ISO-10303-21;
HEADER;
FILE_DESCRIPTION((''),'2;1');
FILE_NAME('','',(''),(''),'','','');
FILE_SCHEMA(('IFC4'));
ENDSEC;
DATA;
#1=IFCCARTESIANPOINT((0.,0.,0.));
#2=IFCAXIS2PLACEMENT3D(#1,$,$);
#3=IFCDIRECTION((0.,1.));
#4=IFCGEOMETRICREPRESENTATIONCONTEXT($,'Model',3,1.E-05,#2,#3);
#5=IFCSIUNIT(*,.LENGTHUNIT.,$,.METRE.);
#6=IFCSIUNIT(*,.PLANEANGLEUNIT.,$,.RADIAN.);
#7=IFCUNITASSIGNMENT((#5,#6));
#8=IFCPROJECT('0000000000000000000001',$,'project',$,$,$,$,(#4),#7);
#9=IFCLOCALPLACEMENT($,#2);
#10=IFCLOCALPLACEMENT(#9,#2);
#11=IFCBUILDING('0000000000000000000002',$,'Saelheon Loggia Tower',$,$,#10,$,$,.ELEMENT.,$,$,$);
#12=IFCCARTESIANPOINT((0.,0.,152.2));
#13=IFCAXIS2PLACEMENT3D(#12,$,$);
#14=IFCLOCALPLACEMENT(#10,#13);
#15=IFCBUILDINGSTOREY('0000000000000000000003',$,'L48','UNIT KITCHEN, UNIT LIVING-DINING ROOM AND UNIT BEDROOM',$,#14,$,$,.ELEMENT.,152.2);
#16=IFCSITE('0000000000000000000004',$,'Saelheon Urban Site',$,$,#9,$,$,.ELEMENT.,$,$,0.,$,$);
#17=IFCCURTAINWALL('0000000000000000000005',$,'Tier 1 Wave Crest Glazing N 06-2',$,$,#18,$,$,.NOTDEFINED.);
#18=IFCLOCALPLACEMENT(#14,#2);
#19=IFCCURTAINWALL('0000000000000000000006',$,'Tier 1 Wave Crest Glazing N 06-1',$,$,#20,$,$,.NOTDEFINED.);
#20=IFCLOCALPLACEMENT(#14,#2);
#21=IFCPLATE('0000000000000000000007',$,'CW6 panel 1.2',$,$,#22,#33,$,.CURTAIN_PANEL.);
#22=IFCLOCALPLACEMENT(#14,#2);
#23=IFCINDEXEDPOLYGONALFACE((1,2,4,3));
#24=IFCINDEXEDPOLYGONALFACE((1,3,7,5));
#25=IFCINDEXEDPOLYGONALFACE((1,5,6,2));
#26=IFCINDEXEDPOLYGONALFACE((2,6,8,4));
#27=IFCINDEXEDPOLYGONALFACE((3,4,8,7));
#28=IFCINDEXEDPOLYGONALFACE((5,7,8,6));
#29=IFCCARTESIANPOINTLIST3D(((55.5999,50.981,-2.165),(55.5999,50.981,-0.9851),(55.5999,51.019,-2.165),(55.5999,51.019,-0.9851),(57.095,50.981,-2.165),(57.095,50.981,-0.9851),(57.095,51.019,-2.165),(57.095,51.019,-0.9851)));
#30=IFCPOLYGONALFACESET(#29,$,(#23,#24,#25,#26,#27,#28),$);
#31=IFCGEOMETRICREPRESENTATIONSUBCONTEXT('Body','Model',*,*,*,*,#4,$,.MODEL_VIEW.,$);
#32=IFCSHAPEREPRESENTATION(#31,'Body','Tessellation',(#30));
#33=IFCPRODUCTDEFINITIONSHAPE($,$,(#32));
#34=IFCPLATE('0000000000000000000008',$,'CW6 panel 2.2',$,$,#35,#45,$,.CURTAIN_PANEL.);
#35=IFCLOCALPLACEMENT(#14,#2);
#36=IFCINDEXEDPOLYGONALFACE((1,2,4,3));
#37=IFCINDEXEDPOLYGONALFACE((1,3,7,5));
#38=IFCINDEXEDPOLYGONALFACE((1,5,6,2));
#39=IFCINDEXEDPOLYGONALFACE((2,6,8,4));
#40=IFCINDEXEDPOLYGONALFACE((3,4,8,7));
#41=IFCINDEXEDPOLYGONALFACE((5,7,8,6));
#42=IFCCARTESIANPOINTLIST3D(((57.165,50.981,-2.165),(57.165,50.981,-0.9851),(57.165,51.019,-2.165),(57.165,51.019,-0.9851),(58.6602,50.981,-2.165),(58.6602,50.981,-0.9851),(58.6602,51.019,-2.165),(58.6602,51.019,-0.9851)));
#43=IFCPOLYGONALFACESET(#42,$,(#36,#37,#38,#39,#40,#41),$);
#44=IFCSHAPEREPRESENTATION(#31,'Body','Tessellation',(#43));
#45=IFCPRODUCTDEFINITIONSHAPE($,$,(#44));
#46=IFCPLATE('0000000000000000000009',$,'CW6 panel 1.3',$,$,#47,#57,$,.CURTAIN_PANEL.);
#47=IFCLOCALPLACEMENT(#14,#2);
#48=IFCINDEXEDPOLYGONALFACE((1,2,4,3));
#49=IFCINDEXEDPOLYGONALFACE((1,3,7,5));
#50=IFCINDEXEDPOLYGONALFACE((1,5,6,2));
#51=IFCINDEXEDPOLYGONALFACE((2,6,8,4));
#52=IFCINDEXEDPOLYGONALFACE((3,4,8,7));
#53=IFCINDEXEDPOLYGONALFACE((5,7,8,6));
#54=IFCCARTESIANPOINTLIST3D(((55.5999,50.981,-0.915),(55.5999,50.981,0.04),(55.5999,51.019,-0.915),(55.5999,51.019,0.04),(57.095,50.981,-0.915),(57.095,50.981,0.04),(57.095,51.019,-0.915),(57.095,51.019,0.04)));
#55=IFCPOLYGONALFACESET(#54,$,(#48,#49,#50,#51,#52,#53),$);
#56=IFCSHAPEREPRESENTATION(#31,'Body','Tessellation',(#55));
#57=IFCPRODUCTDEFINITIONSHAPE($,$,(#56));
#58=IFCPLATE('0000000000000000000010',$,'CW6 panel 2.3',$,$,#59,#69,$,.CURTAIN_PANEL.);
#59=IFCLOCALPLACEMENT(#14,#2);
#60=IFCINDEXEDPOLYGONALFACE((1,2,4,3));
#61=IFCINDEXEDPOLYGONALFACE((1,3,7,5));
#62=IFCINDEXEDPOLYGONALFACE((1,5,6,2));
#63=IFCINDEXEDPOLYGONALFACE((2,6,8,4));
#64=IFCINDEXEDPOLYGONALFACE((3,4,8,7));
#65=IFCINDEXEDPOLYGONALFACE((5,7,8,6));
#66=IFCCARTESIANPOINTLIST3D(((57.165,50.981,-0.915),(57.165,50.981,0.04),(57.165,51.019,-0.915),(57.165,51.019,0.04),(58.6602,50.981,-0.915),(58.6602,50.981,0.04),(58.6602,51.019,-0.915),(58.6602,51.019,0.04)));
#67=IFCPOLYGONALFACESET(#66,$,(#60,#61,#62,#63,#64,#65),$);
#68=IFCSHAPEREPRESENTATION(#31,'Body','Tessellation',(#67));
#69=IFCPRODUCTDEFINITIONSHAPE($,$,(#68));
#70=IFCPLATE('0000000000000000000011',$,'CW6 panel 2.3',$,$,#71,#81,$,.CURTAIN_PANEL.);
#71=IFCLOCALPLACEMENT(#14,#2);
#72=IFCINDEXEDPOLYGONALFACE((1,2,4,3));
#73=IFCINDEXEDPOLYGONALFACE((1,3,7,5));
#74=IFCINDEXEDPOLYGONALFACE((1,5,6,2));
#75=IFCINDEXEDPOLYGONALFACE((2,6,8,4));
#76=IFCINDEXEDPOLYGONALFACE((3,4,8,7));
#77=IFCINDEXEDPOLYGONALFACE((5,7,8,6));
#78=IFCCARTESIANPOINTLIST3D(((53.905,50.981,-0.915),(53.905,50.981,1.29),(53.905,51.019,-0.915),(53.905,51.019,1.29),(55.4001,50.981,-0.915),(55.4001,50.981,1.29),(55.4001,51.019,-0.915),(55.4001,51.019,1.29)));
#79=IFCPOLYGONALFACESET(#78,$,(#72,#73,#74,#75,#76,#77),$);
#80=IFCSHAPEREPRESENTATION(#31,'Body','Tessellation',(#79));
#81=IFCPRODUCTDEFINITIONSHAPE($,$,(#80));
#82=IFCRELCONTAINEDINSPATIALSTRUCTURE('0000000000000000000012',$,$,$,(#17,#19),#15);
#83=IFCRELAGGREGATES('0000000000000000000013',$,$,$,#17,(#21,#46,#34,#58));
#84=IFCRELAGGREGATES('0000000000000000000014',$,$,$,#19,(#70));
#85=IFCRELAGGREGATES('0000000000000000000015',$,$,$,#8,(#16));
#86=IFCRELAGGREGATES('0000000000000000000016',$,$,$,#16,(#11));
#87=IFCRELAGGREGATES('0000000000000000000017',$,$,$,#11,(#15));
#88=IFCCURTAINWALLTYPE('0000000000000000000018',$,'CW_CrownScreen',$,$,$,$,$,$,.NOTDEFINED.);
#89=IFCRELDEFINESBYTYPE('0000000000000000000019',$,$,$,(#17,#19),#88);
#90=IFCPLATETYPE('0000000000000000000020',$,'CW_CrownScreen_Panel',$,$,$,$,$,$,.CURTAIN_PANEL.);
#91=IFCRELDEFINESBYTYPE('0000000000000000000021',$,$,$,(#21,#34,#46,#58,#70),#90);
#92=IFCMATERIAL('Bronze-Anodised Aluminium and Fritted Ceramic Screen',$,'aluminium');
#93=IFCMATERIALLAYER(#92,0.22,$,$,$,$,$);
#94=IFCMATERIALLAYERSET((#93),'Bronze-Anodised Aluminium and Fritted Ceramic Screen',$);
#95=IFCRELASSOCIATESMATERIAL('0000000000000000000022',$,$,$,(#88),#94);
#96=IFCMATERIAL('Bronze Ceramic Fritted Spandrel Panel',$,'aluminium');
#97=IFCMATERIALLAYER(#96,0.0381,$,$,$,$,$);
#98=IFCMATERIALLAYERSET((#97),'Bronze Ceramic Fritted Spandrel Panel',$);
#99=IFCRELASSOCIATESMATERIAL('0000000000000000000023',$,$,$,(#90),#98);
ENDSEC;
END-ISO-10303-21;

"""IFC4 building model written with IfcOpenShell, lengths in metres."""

from ifc_helpers import new_model, si_unit, direction, frame, origin, origin_2d, place, context, subcontext, project, spatial, rectangle, extrude, source, transform, mapped, material, layer, layer_set, type_object, element, aggregate, save


model = new_model("IFC4")

# Units and contexts
model_context = context("Model", 3, precision=1e-05, world=origin(), true_north=direction((0.0, 1.0)))
body_context = subcontext(model_context, "Body", "Model", "MODEL_VIEW")
ifc_project = project(units=[si_unit("LENGTHUNIT", "METRE"), si_unit("PLANEANGLEUNIT", "RADIAN")], contexts=[model_context])

# Site, building, storey
site_placement = place(None, origin())
site = spatial("IfcSite", under=ifc_project, at=site_placement, Name="Saelheon Urban Site", CompositionType="ELEMENT", RefElevation=0.0)
building_placement = place(site_placement, origin())
building = spatial("IfcBuilding", under=site, at=building_placement, Name="Saelheon Loggia Tower", CompositionType="ELEMENT")
storey_placement = place(building_placement, frame((0.0, 0.0, 152.2)))
storey = spatial("IfcBuildingStorey", under=building, at=storey_placement, Name="L48", Description="UNIT KITCHEN, UNIT LIVING-DINING ROOM AND UNIT BEDROOM", CompositionType="ELEMENT", Elevation=152.2)

# Shared definitions
ifc_material_1 = material(Name="Bronze-Anodised Aluminium and Fritted Ceramic Screen", Category="aluminium")
ifc_layer_1 = layer(ifc_material_1, 0.22)
ifc_layer_set_1 = layer_set([ifc_layer_1], Name="Bronze-Anodised Aluminium and Fritted Ceramic Screen")
curtain_wall_type = type_object("IfcCurtainWallType", Name="CW_CrownScreen", PredefinedType="NOTDEFINED", material=ifc_layer_set_1)

# Curtain walls
curtain_wall_1_placement = place(storey_placement, origin())
curtain_wall_1 = element("IfcCurtainWall", 1, at=curtain_wall_1_placement, inside=storey, type_object=curtain_wall_type, Name="Tier 1 Wave Crest Glazing N 06-2", PredefinedType="NOTDEFINED")
curtain_wall_2_placement = place(storey_placement, origin())
curtain_wall_2 = element("IfcCurtainWall", 2, at=curtain_wall_2_placement, inside=storey, type_object=curtain_wall_type, Name="Tier 1 Wave Crest Glazing N 06-1", PredefinedType="NOTDEFINED")

# Plates
ifc_material_2 = material(Name="Bronze Ceramic Fritted Spandrel Panel", Category="aluminium")
ifc_layer_2 = layer(ifc_material_2, 0.0381)
ifc_layer_set_2 = layer_set([ifc_layer_2], Name="Bronze Ceramic Fritted Spandrel Panel")
plate_type = type_object("IfcPlateType", Name="CW_CrownScreen_Panel", PredefinedType="CURTAIN_PANEL", material=ifc_layer_set_2)
shared_shape_1 = source(origin(), body_context, "Body", "SweptSolid", [
    extrude(rectangle(XDim=1.4951, YDim=0.0381, at=origin_2d()), origin(), (0.0, 0.0, 1.0), 1.1799),
])
plate_1_placement = place(storey_placement, frame((56.3474, 51.0, -2.165), z_axis=(0.0, 0.0, 1.0), x_axis=(1.0, 0.0, 0.0)))
plate_1 = element("IfcPlate", 3, at=plate_1_placement, type_object=plate_type, Name="CW6 panel 1.2", PredefinedType="CURTAIN_PANEL", context=body_context, shape_type="MappedRepresentation", body=[
    mapped(shared_shape_1, transform((0.0, 0.0, 0.0), scale=1.0)),
])
plate_2_placement = place(storey_placement, frame((57.9126, 51.0, -2.165), z_axis=(0.0, 0.0, 1.0), x_axis=(1.0, 0.0, 0.0)))
plate_2 = element("IfcPlate", 4, at=plate_2_placement, type_object=plate_type, Name="CW6 panel 2.2", PredefinedType="CURTAIN_PANEL", context=body_context, shape_type="MappedRepresentation", body=[
    mapped(shared_shape_1, transform((0.0, 0.0, 0.0), scale=1.0)),
])
shared_shape_2 = source(origin(), body_context, "Body", "SweptSolid", [
    extrude(rectangle(XDim=1.4951, YDim=0.0381, at=origin_2d()), origin(), (0.0, 0.0, 1.0), 0.9551),
])
plate_3_placement = place(storey_placement, frame((56.3474, 51.0, -0.915), z_axis=(0.0, 0.0, 1.0), x_axis=(1.0, 0.0, 0.0)))
plate_3 = element("IfcPlate", 5, at=plate_3_placement, type_object=plate_type, Name="CW6 panel 1.3", PredefinedType="CURTAIN_PANEL", context=body_context, shape_type="MappedRepresentation", body=[
    mapped(shared_shape_2, transform((0.0, 0.0, 0.0), scale=1.0)),
])
plate_4_placement = place(storey_placement, frame((57.9126, 51.0, -0.915), z_axis=(0.0, 0.0, 1.0), x_axis=(1.0, 0.0, 0.0)))
plate_4 = element("IfcPlate", 6, at=plate_4_placement, type_object=plate_type, Name="CW6 panel 2.3", PredefinedType="CURTAIN_PANEL", context=body_context, shape_type="MappedRepresentation", body=[
    mapped(shared_shape_2, transform((0.0, 0.0, 0.0), scale=1.0)),
])
aggregate(curtain_wall_1, [plate_1, plate_3, plate_2, plate_4])
shared_shape_3 = source(origin(), body_context, "Body", "SweptSolid", [
    extrude(rectangle(XDim=1.4951, YDim=0.0381, at=origin_2d()), origin(), (0.0, 0.0, 1.0), 2.2051),
])
plate_5_placement = place(storey_placement, frame((54.6526, 51.0, -0.915), z_axis=(0.0, 0.0, 1.0), x_axis=(1.0, 0.0, 0.0)))
plate_5 = element("IfcPlate", 7, at=plate_5_placement, type_object=plate_type, Name="CW6 panel 2.3", PredefinedType="CURTAIN_PANEL", context=body_context, shape_type="MappedRepresentation", body=[
    mapped(shared_shape_3, transform((0.0, 0.0, 0.0), scale=1.0)),
])
aggregate(curtain_wall_2, [plate_5])

save(model, "model.ifc")
